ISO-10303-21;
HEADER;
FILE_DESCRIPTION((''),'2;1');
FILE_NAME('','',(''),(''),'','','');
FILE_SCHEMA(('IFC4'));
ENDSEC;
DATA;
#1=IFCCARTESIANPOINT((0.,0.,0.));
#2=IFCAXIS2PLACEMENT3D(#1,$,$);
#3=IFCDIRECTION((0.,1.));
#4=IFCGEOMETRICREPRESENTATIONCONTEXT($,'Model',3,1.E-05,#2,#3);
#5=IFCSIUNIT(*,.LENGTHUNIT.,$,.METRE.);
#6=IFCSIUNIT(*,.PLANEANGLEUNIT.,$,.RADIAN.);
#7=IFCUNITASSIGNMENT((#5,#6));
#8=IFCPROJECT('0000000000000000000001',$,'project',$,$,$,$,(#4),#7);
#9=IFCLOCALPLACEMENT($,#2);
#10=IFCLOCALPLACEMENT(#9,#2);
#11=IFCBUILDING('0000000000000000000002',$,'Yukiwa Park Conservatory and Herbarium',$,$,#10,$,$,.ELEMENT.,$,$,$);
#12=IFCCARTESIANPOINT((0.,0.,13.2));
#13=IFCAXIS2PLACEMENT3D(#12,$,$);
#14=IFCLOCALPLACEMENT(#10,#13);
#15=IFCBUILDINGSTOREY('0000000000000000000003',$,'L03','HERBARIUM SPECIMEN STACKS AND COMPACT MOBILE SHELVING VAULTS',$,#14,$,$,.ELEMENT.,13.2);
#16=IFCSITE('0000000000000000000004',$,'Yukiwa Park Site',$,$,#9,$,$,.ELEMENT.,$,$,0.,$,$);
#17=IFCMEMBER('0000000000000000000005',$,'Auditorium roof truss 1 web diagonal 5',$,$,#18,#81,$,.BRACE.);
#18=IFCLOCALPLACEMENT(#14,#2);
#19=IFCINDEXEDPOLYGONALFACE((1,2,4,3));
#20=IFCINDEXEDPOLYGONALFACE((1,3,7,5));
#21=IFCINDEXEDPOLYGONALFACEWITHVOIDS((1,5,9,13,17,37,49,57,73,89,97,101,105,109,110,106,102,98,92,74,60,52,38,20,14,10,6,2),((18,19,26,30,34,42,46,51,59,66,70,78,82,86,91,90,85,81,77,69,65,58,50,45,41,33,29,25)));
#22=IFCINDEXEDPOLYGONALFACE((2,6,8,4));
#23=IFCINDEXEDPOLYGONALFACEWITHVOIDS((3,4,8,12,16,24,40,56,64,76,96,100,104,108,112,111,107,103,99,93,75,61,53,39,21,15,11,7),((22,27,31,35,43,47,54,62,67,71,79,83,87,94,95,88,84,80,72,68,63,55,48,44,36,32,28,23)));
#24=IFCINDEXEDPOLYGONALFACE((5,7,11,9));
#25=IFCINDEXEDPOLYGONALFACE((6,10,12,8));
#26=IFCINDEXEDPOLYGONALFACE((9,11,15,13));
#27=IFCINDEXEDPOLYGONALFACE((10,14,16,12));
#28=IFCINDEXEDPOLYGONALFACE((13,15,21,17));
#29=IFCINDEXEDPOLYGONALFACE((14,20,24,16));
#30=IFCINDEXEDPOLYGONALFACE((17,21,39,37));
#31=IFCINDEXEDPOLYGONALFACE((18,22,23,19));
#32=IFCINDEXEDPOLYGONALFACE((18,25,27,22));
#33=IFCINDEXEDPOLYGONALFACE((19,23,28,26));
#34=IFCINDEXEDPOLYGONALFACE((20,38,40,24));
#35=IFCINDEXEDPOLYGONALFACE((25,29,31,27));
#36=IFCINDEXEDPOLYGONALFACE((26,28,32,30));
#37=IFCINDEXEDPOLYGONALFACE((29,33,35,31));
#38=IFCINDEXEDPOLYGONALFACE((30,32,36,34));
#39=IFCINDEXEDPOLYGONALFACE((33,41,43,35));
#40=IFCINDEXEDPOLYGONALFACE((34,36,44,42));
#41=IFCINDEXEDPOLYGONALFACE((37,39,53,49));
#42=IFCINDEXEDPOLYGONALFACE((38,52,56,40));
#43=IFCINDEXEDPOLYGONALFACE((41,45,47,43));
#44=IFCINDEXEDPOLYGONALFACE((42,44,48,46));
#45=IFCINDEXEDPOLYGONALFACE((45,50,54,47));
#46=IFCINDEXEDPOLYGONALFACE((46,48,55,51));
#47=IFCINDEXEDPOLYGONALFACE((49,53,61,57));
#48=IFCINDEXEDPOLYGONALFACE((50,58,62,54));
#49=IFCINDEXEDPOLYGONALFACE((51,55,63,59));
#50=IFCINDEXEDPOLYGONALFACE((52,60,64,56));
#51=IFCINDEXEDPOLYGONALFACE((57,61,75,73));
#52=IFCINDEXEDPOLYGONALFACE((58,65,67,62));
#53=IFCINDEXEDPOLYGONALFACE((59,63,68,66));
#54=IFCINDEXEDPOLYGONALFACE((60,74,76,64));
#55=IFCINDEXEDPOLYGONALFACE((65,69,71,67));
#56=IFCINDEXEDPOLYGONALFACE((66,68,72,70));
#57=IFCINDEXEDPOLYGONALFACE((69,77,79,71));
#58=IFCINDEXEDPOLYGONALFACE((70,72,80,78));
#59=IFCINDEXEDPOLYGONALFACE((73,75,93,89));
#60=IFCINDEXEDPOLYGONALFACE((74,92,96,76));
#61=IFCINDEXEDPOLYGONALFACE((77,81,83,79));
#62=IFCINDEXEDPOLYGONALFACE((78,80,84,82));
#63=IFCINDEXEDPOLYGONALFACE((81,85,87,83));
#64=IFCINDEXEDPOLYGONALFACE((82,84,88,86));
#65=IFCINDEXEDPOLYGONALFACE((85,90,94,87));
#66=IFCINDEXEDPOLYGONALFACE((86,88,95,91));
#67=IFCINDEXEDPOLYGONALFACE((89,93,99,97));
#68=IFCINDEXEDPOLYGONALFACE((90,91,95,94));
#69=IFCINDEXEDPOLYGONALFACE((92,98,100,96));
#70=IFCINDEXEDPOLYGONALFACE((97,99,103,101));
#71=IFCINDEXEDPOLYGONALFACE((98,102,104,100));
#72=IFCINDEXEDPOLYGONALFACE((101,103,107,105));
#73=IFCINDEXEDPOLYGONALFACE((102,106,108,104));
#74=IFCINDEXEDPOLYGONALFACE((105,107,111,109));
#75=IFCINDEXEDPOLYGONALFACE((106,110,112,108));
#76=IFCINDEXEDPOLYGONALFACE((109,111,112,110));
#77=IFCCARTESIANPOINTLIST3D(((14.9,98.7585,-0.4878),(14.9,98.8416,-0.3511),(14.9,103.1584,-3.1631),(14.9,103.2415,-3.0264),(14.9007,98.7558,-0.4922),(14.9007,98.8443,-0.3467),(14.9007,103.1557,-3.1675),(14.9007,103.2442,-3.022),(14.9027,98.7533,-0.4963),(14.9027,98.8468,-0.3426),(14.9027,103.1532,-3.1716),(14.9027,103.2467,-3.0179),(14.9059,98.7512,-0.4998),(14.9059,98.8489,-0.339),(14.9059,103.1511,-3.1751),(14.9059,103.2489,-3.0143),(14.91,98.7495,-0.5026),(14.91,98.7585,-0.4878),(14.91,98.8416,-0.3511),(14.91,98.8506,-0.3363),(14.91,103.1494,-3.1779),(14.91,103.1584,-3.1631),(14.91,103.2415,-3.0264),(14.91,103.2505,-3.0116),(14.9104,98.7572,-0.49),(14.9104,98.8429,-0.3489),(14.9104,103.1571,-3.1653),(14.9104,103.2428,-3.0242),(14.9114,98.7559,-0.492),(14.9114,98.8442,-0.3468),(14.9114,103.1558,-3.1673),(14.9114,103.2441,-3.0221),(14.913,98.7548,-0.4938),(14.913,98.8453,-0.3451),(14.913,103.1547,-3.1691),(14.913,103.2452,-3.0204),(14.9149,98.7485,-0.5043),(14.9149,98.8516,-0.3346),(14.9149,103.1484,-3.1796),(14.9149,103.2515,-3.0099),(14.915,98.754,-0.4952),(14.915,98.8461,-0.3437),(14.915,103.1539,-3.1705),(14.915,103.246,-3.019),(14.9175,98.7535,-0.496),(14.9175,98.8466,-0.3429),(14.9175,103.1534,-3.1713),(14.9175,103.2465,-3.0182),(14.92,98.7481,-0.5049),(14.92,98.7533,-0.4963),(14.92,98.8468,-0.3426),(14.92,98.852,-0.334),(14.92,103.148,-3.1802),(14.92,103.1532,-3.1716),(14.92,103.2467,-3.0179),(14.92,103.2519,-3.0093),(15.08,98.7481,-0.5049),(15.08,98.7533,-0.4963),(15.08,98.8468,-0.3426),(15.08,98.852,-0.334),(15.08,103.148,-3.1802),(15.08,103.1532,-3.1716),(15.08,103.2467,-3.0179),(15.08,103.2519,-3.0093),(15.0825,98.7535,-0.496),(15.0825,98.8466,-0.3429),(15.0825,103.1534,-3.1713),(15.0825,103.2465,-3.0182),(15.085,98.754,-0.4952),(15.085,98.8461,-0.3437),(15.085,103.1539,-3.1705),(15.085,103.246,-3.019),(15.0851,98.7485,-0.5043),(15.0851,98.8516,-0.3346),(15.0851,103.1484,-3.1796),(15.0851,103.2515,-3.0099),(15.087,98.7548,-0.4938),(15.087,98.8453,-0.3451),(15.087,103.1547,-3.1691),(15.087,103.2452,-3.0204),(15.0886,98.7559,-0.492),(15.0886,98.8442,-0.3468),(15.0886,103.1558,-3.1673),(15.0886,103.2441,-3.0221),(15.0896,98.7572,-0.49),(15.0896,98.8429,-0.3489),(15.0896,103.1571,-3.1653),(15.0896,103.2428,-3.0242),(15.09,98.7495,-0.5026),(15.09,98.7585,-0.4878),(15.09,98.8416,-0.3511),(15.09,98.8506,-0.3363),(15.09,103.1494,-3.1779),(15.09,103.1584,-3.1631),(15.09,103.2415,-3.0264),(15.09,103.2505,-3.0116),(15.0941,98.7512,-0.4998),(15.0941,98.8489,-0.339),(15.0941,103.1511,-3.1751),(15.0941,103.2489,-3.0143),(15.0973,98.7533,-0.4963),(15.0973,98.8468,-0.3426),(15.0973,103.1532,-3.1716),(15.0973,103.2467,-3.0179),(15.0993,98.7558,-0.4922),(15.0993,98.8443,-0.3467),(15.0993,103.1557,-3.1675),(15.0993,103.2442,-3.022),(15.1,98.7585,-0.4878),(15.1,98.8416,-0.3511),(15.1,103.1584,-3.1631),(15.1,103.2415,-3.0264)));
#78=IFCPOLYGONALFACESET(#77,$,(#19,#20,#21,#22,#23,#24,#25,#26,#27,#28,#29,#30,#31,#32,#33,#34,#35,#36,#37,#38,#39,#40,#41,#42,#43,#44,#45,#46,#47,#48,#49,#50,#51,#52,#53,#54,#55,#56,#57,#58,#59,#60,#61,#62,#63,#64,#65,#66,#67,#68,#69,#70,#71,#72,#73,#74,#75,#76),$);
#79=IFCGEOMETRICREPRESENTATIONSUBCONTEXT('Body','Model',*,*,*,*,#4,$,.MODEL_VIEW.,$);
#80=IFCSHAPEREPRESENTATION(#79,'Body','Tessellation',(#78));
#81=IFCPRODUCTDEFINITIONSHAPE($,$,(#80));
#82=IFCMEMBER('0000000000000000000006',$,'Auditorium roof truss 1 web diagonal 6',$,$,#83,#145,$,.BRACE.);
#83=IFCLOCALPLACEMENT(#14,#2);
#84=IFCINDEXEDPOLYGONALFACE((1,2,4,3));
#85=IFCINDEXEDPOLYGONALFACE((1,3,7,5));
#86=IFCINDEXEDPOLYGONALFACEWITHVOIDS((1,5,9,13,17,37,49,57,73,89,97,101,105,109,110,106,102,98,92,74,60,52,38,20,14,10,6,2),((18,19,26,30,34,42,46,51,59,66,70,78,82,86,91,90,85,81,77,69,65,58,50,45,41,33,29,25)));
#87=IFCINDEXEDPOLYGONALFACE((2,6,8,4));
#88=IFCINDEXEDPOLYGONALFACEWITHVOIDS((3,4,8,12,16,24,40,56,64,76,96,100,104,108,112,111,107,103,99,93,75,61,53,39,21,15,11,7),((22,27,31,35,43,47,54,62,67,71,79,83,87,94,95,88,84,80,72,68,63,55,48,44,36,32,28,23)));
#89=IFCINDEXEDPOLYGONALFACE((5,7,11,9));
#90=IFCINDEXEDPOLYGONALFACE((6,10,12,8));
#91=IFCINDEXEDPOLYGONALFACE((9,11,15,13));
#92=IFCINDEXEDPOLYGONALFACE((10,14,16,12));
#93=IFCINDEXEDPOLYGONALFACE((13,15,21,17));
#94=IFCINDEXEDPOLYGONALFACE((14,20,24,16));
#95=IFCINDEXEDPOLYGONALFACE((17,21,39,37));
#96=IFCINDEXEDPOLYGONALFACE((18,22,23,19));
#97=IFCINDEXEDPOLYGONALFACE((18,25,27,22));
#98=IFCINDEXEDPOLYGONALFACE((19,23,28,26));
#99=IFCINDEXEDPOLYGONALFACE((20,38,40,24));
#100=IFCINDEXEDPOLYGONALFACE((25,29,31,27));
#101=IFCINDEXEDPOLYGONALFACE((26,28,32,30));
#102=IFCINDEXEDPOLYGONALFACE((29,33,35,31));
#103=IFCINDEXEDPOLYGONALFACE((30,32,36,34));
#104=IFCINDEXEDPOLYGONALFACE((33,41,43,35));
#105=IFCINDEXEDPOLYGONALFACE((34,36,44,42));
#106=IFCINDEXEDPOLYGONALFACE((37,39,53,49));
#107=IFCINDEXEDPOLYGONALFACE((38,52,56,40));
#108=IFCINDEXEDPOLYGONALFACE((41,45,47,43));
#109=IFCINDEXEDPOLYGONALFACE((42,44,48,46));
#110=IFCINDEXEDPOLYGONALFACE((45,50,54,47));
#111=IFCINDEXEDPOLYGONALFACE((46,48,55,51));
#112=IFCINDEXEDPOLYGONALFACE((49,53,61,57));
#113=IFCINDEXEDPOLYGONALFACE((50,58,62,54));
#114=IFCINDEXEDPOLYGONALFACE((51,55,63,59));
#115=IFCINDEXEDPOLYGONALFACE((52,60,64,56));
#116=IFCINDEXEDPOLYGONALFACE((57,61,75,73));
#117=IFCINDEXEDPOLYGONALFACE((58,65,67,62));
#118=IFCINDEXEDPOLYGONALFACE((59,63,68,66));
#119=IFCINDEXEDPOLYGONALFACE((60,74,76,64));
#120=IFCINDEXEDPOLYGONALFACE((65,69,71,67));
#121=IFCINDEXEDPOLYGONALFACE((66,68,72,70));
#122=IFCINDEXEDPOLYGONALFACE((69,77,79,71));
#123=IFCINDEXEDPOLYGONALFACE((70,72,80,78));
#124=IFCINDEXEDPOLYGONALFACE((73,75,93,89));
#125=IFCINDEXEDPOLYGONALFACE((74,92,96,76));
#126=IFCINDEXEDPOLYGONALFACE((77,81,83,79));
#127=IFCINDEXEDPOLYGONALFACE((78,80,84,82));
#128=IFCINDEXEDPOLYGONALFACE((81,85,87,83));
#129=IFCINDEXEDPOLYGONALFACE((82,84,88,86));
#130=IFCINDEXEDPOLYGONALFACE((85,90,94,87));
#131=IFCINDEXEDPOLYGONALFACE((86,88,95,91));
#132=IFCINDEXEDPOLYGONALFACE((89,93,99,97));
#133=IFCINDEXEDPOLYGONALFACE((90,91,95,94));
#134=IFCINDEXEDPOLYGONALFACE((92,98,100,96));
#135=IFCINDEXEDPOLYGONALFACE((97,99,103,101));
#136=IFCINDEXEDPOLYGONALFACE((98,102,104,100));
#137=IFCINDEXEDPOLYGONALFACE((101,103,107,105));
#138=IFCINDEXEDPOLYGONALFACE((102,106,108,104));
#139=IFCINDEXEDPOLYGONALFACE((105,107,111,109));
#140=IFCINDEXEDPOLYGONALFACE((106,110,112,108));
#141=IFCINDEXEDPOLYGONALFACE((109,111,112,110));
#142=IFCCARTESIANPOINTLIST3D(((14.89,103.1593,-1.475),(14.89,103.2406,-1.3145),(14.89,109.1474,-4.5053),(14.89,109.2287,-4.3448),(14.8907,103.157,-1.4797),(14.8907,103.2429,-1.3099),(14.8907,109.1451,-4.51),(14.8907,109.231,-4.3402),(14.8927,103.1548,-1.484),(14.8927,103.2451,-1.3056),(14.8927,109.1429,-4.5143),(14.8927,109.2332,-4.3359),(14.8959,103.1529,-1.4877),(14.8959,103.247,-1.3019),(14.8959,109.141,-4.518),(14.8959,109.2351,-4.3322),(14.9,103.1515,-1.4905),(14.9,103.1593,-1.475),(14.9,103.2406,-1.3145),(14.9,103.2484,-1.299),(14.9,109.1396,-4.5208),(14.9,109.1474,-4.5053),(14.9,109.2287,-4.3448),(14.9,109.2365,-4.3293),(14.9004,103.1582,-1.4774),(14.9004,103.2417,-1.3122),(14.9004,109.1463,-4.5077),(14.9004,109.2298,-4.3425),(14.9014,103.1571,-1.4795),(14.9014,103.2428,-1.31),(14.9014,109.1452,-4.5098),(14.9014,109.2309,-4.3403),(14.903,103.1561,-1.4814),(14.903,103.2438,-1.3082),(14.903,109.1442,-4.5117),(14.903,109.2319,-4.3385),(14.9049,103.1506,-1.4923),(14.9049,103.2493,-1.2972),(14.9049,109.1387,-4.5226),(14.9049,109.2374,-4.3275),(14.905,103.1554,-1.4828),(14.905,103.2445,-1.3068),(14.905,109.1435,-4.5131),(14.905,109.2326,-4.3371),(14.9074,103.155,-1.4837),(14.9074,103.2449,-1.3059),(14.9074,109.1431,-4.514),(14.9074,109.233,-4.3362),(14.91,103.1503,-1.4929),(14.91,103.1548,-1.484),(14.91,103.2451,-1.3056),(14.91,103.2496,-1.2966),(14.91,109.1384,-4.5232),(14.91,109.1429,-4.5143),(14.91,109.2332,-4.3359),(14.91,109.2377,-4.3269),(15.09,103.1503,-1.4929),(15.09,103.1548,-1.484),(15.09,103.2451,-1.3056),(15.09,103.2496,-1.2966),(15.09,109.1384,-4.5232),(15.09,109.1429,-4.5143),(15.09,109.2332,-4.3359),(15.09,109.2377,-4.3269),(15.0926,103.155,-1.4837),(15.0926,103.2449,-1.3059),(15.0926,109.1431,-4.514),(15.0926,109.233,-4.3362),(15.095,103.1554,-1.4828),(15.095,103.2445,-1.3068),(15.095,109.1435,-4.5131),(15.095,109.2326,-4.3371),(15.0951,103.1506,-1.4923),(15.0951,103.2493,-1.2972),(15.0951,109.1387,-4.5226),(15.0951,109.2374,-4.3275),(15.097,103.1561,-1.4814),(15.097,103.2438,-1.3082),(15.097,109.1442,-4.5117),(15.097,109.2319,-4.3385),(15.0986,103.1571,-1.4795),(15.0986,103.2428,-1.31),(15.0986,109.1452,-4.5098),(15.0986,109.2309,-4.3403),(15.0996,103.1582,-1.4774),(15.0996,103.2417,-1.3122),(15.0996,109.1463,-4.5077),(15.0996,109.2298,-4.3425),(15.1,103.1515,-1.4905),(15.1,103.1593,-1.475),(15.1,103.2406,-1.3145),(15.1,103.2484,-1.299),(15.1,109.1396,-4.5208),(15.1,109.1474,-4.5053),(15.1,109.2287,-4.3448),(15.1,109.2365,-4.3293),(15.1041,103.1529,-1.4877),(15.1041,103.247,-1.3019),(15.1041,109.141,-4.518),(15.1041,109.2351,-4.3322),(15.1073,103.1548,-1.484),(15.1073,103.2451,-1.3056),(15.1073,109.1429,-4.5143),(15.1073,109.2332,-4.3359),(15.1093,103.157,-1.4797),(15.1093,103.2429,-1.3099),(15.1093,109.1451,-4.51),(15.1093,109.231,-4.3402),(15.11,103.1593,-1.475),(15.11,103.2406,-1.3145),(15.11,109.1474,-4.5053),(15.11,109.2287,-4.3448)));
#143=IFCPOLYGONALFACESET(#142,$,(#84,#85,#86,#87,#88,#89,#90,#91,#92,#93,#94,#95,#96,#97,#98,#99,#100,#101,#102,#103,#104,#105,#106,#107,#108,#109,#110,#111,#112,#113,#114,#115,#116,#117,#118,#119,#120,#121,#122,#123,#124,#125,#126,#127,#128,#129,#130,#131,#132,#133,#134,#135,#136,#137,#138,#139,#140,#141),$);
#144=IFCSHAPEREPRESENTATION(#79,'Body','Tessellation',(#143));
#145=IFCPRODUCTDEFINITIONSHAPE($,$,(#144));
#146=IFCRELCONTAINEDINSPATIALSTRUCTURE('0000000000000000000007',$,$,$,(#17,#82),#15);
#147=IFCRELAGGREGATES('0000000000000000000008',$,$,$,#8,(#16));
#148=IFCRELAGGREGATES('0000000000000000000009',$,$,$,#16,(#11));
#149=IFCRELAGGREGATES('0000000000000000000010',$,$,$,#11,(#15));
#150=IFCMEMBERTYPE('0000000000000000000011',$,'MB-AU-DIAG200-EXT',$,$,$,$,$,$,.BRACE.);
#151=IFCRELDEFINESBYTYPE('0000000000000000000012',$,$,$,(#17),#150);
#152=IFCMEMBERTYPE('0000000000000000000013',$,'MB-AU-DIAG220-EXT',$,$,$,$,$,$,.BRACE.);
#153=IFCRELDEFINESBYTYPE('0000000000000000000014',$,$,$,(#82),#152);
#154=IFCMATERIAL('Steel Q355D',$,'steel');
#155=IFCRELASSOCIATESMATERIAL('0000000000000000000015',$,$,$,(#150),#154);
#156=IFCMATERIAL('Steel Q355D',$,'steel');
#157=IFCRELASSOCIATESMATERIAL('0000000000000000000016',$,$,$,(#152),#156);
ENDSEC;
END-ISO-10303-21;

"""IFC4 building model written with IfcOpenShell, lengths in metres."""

from ifc_helpers import new_model, si_unit, direction, frame, origin, origin_2d, place, context, subcontext, project, spatial, hollow_rectangle, extrude, material, material_profile, profile_set, type_object, element, save


model = new_model("IFC4")

# Units and contexts
model_context = context("Model", 3, precision=1e-05, world=origin(), true_north=direction((0.0, 1.0)))
body_context = subcontext(model_context, "Body", "Model", "MODEL_VIEW")
ifc_project = project(units=[si_unit("LENGTHUNIT", "METRE"), si_unit("PLANEANGLEUNIT", "RADIAN")], contexts=[model_context])

# Site, building, storey
site_placement = place(None, origin())
site = spatial("IfcSite", under=ifc_project, at=site_placement, Name="Yukiwa Park Site", CompositionType="ELEMENT", RefElevation=0.0)
building_placement = place(site_placement, origin())
building = spatial("IfcBuilding", under=site, at=building_placement, Name="Yukiwa Park Conservatory and Herbarium", CompositionType="ELEMENT")
storey_placement = place(building_placement, frame((0.0, 0.0, 13.2)))
storey = spatial("IfcBuildingStorey", under=building, at=storey_placement, Name="L03", Description="HERBARIUM SPECIMEN STACKS AND COMPACT MOBILE SHELVING VAULTS", CompositionType="ELEMENT", Elevation=13.2)

# Members
ifc_material_1 = material(Name="Steel Q355D", Category="steel")
ifc_material_profile_1 = material_profile(ifc_material_1, hollow_rectangle(XDim=0.2, YDim=0.2, WallThickness=0.01, InnerFilletRadius=0.01, OuterFilletRadius=0.02, at=origin_2d()), Name="SHS 200x200x10")
ifc_profile_set_1 = profile_set([ifc_material_profile_1], Name="Steel Q355D")
member_type_1 = type_object("IfcMemberType", Name="MB-AU-DIAG200-EXT", PredefinedType="BRACE", material=ifc_profile_set_1)
member_1_placement = place(storey_placement, frame((15.0, 98.8, -0.4194), z_axis=(0.0, 0.854449, -0.519535), x_axis=(-1.0, 0.0, 0.0)))
element("IfcMember", 1, at=member_1_placement, inside=storey, type_object=member_type_1, Name="Auditorium roof truss 1 web diagonal 5", PredefinedType="BRACE", context=body_context, shape_type="SweptSolid", body=[
    extrude(hollow_rectangle(XDim=0.2, YDim=0.2, WallThickness=0.01, InnerFilletRadius=0.01, OuterFilletRadius=0.02, at=origin_2d()), origin(), (0.0, 0.0, 1.0), 5.1494),
])
ifc_material_2 = material(Name="Steel Q355D", Category="steel")
ifc_material_profile_2 = material_profile(ifc_material_2, hollow_rectangle(XDim=0.22, YDim=0.22, WallThickness=0.01, InnerFilletRadius=0.01, OuterFilletRadius=0.02, at=origin_2d()), Name="SHS 220x220x10")
ifc_profile_set_2 = profile_set([ifc_material_profile_2], Name="Steel Q355D")
member_type_2 = type_object("IfcMemberType", Name="MB-AU-DIAG220-EXT", PredefinedType="BRACE", material=ifc_profile_set_2)
member_2_placement = place(storey_placement, frame((15.0, 103.2, -1.3948), z_axis=(0.0, 0.892256, -0.45153), x_axis=(-1.0, 0.0, 0.0)))
element("IfcMember", 2, at=member_2_placement, inside=storey, type_object=member_type_2, Name="Auditorium roof truss 1 web diagonal 6", PredefinedType="BRACE", context=body_context, shape_type="SweptSolid", body=[
    extrude(hollow_rectangle(XDim=0.22, YDim=0.22, WallThickness=0.01, InnerFilletRadius=0.01, OuterFilletRadius=0.02, at=origin_2d()), origin(), (0.0, 0.0, 1.0), 6.7112),
])

save(model, "model.ifc")
